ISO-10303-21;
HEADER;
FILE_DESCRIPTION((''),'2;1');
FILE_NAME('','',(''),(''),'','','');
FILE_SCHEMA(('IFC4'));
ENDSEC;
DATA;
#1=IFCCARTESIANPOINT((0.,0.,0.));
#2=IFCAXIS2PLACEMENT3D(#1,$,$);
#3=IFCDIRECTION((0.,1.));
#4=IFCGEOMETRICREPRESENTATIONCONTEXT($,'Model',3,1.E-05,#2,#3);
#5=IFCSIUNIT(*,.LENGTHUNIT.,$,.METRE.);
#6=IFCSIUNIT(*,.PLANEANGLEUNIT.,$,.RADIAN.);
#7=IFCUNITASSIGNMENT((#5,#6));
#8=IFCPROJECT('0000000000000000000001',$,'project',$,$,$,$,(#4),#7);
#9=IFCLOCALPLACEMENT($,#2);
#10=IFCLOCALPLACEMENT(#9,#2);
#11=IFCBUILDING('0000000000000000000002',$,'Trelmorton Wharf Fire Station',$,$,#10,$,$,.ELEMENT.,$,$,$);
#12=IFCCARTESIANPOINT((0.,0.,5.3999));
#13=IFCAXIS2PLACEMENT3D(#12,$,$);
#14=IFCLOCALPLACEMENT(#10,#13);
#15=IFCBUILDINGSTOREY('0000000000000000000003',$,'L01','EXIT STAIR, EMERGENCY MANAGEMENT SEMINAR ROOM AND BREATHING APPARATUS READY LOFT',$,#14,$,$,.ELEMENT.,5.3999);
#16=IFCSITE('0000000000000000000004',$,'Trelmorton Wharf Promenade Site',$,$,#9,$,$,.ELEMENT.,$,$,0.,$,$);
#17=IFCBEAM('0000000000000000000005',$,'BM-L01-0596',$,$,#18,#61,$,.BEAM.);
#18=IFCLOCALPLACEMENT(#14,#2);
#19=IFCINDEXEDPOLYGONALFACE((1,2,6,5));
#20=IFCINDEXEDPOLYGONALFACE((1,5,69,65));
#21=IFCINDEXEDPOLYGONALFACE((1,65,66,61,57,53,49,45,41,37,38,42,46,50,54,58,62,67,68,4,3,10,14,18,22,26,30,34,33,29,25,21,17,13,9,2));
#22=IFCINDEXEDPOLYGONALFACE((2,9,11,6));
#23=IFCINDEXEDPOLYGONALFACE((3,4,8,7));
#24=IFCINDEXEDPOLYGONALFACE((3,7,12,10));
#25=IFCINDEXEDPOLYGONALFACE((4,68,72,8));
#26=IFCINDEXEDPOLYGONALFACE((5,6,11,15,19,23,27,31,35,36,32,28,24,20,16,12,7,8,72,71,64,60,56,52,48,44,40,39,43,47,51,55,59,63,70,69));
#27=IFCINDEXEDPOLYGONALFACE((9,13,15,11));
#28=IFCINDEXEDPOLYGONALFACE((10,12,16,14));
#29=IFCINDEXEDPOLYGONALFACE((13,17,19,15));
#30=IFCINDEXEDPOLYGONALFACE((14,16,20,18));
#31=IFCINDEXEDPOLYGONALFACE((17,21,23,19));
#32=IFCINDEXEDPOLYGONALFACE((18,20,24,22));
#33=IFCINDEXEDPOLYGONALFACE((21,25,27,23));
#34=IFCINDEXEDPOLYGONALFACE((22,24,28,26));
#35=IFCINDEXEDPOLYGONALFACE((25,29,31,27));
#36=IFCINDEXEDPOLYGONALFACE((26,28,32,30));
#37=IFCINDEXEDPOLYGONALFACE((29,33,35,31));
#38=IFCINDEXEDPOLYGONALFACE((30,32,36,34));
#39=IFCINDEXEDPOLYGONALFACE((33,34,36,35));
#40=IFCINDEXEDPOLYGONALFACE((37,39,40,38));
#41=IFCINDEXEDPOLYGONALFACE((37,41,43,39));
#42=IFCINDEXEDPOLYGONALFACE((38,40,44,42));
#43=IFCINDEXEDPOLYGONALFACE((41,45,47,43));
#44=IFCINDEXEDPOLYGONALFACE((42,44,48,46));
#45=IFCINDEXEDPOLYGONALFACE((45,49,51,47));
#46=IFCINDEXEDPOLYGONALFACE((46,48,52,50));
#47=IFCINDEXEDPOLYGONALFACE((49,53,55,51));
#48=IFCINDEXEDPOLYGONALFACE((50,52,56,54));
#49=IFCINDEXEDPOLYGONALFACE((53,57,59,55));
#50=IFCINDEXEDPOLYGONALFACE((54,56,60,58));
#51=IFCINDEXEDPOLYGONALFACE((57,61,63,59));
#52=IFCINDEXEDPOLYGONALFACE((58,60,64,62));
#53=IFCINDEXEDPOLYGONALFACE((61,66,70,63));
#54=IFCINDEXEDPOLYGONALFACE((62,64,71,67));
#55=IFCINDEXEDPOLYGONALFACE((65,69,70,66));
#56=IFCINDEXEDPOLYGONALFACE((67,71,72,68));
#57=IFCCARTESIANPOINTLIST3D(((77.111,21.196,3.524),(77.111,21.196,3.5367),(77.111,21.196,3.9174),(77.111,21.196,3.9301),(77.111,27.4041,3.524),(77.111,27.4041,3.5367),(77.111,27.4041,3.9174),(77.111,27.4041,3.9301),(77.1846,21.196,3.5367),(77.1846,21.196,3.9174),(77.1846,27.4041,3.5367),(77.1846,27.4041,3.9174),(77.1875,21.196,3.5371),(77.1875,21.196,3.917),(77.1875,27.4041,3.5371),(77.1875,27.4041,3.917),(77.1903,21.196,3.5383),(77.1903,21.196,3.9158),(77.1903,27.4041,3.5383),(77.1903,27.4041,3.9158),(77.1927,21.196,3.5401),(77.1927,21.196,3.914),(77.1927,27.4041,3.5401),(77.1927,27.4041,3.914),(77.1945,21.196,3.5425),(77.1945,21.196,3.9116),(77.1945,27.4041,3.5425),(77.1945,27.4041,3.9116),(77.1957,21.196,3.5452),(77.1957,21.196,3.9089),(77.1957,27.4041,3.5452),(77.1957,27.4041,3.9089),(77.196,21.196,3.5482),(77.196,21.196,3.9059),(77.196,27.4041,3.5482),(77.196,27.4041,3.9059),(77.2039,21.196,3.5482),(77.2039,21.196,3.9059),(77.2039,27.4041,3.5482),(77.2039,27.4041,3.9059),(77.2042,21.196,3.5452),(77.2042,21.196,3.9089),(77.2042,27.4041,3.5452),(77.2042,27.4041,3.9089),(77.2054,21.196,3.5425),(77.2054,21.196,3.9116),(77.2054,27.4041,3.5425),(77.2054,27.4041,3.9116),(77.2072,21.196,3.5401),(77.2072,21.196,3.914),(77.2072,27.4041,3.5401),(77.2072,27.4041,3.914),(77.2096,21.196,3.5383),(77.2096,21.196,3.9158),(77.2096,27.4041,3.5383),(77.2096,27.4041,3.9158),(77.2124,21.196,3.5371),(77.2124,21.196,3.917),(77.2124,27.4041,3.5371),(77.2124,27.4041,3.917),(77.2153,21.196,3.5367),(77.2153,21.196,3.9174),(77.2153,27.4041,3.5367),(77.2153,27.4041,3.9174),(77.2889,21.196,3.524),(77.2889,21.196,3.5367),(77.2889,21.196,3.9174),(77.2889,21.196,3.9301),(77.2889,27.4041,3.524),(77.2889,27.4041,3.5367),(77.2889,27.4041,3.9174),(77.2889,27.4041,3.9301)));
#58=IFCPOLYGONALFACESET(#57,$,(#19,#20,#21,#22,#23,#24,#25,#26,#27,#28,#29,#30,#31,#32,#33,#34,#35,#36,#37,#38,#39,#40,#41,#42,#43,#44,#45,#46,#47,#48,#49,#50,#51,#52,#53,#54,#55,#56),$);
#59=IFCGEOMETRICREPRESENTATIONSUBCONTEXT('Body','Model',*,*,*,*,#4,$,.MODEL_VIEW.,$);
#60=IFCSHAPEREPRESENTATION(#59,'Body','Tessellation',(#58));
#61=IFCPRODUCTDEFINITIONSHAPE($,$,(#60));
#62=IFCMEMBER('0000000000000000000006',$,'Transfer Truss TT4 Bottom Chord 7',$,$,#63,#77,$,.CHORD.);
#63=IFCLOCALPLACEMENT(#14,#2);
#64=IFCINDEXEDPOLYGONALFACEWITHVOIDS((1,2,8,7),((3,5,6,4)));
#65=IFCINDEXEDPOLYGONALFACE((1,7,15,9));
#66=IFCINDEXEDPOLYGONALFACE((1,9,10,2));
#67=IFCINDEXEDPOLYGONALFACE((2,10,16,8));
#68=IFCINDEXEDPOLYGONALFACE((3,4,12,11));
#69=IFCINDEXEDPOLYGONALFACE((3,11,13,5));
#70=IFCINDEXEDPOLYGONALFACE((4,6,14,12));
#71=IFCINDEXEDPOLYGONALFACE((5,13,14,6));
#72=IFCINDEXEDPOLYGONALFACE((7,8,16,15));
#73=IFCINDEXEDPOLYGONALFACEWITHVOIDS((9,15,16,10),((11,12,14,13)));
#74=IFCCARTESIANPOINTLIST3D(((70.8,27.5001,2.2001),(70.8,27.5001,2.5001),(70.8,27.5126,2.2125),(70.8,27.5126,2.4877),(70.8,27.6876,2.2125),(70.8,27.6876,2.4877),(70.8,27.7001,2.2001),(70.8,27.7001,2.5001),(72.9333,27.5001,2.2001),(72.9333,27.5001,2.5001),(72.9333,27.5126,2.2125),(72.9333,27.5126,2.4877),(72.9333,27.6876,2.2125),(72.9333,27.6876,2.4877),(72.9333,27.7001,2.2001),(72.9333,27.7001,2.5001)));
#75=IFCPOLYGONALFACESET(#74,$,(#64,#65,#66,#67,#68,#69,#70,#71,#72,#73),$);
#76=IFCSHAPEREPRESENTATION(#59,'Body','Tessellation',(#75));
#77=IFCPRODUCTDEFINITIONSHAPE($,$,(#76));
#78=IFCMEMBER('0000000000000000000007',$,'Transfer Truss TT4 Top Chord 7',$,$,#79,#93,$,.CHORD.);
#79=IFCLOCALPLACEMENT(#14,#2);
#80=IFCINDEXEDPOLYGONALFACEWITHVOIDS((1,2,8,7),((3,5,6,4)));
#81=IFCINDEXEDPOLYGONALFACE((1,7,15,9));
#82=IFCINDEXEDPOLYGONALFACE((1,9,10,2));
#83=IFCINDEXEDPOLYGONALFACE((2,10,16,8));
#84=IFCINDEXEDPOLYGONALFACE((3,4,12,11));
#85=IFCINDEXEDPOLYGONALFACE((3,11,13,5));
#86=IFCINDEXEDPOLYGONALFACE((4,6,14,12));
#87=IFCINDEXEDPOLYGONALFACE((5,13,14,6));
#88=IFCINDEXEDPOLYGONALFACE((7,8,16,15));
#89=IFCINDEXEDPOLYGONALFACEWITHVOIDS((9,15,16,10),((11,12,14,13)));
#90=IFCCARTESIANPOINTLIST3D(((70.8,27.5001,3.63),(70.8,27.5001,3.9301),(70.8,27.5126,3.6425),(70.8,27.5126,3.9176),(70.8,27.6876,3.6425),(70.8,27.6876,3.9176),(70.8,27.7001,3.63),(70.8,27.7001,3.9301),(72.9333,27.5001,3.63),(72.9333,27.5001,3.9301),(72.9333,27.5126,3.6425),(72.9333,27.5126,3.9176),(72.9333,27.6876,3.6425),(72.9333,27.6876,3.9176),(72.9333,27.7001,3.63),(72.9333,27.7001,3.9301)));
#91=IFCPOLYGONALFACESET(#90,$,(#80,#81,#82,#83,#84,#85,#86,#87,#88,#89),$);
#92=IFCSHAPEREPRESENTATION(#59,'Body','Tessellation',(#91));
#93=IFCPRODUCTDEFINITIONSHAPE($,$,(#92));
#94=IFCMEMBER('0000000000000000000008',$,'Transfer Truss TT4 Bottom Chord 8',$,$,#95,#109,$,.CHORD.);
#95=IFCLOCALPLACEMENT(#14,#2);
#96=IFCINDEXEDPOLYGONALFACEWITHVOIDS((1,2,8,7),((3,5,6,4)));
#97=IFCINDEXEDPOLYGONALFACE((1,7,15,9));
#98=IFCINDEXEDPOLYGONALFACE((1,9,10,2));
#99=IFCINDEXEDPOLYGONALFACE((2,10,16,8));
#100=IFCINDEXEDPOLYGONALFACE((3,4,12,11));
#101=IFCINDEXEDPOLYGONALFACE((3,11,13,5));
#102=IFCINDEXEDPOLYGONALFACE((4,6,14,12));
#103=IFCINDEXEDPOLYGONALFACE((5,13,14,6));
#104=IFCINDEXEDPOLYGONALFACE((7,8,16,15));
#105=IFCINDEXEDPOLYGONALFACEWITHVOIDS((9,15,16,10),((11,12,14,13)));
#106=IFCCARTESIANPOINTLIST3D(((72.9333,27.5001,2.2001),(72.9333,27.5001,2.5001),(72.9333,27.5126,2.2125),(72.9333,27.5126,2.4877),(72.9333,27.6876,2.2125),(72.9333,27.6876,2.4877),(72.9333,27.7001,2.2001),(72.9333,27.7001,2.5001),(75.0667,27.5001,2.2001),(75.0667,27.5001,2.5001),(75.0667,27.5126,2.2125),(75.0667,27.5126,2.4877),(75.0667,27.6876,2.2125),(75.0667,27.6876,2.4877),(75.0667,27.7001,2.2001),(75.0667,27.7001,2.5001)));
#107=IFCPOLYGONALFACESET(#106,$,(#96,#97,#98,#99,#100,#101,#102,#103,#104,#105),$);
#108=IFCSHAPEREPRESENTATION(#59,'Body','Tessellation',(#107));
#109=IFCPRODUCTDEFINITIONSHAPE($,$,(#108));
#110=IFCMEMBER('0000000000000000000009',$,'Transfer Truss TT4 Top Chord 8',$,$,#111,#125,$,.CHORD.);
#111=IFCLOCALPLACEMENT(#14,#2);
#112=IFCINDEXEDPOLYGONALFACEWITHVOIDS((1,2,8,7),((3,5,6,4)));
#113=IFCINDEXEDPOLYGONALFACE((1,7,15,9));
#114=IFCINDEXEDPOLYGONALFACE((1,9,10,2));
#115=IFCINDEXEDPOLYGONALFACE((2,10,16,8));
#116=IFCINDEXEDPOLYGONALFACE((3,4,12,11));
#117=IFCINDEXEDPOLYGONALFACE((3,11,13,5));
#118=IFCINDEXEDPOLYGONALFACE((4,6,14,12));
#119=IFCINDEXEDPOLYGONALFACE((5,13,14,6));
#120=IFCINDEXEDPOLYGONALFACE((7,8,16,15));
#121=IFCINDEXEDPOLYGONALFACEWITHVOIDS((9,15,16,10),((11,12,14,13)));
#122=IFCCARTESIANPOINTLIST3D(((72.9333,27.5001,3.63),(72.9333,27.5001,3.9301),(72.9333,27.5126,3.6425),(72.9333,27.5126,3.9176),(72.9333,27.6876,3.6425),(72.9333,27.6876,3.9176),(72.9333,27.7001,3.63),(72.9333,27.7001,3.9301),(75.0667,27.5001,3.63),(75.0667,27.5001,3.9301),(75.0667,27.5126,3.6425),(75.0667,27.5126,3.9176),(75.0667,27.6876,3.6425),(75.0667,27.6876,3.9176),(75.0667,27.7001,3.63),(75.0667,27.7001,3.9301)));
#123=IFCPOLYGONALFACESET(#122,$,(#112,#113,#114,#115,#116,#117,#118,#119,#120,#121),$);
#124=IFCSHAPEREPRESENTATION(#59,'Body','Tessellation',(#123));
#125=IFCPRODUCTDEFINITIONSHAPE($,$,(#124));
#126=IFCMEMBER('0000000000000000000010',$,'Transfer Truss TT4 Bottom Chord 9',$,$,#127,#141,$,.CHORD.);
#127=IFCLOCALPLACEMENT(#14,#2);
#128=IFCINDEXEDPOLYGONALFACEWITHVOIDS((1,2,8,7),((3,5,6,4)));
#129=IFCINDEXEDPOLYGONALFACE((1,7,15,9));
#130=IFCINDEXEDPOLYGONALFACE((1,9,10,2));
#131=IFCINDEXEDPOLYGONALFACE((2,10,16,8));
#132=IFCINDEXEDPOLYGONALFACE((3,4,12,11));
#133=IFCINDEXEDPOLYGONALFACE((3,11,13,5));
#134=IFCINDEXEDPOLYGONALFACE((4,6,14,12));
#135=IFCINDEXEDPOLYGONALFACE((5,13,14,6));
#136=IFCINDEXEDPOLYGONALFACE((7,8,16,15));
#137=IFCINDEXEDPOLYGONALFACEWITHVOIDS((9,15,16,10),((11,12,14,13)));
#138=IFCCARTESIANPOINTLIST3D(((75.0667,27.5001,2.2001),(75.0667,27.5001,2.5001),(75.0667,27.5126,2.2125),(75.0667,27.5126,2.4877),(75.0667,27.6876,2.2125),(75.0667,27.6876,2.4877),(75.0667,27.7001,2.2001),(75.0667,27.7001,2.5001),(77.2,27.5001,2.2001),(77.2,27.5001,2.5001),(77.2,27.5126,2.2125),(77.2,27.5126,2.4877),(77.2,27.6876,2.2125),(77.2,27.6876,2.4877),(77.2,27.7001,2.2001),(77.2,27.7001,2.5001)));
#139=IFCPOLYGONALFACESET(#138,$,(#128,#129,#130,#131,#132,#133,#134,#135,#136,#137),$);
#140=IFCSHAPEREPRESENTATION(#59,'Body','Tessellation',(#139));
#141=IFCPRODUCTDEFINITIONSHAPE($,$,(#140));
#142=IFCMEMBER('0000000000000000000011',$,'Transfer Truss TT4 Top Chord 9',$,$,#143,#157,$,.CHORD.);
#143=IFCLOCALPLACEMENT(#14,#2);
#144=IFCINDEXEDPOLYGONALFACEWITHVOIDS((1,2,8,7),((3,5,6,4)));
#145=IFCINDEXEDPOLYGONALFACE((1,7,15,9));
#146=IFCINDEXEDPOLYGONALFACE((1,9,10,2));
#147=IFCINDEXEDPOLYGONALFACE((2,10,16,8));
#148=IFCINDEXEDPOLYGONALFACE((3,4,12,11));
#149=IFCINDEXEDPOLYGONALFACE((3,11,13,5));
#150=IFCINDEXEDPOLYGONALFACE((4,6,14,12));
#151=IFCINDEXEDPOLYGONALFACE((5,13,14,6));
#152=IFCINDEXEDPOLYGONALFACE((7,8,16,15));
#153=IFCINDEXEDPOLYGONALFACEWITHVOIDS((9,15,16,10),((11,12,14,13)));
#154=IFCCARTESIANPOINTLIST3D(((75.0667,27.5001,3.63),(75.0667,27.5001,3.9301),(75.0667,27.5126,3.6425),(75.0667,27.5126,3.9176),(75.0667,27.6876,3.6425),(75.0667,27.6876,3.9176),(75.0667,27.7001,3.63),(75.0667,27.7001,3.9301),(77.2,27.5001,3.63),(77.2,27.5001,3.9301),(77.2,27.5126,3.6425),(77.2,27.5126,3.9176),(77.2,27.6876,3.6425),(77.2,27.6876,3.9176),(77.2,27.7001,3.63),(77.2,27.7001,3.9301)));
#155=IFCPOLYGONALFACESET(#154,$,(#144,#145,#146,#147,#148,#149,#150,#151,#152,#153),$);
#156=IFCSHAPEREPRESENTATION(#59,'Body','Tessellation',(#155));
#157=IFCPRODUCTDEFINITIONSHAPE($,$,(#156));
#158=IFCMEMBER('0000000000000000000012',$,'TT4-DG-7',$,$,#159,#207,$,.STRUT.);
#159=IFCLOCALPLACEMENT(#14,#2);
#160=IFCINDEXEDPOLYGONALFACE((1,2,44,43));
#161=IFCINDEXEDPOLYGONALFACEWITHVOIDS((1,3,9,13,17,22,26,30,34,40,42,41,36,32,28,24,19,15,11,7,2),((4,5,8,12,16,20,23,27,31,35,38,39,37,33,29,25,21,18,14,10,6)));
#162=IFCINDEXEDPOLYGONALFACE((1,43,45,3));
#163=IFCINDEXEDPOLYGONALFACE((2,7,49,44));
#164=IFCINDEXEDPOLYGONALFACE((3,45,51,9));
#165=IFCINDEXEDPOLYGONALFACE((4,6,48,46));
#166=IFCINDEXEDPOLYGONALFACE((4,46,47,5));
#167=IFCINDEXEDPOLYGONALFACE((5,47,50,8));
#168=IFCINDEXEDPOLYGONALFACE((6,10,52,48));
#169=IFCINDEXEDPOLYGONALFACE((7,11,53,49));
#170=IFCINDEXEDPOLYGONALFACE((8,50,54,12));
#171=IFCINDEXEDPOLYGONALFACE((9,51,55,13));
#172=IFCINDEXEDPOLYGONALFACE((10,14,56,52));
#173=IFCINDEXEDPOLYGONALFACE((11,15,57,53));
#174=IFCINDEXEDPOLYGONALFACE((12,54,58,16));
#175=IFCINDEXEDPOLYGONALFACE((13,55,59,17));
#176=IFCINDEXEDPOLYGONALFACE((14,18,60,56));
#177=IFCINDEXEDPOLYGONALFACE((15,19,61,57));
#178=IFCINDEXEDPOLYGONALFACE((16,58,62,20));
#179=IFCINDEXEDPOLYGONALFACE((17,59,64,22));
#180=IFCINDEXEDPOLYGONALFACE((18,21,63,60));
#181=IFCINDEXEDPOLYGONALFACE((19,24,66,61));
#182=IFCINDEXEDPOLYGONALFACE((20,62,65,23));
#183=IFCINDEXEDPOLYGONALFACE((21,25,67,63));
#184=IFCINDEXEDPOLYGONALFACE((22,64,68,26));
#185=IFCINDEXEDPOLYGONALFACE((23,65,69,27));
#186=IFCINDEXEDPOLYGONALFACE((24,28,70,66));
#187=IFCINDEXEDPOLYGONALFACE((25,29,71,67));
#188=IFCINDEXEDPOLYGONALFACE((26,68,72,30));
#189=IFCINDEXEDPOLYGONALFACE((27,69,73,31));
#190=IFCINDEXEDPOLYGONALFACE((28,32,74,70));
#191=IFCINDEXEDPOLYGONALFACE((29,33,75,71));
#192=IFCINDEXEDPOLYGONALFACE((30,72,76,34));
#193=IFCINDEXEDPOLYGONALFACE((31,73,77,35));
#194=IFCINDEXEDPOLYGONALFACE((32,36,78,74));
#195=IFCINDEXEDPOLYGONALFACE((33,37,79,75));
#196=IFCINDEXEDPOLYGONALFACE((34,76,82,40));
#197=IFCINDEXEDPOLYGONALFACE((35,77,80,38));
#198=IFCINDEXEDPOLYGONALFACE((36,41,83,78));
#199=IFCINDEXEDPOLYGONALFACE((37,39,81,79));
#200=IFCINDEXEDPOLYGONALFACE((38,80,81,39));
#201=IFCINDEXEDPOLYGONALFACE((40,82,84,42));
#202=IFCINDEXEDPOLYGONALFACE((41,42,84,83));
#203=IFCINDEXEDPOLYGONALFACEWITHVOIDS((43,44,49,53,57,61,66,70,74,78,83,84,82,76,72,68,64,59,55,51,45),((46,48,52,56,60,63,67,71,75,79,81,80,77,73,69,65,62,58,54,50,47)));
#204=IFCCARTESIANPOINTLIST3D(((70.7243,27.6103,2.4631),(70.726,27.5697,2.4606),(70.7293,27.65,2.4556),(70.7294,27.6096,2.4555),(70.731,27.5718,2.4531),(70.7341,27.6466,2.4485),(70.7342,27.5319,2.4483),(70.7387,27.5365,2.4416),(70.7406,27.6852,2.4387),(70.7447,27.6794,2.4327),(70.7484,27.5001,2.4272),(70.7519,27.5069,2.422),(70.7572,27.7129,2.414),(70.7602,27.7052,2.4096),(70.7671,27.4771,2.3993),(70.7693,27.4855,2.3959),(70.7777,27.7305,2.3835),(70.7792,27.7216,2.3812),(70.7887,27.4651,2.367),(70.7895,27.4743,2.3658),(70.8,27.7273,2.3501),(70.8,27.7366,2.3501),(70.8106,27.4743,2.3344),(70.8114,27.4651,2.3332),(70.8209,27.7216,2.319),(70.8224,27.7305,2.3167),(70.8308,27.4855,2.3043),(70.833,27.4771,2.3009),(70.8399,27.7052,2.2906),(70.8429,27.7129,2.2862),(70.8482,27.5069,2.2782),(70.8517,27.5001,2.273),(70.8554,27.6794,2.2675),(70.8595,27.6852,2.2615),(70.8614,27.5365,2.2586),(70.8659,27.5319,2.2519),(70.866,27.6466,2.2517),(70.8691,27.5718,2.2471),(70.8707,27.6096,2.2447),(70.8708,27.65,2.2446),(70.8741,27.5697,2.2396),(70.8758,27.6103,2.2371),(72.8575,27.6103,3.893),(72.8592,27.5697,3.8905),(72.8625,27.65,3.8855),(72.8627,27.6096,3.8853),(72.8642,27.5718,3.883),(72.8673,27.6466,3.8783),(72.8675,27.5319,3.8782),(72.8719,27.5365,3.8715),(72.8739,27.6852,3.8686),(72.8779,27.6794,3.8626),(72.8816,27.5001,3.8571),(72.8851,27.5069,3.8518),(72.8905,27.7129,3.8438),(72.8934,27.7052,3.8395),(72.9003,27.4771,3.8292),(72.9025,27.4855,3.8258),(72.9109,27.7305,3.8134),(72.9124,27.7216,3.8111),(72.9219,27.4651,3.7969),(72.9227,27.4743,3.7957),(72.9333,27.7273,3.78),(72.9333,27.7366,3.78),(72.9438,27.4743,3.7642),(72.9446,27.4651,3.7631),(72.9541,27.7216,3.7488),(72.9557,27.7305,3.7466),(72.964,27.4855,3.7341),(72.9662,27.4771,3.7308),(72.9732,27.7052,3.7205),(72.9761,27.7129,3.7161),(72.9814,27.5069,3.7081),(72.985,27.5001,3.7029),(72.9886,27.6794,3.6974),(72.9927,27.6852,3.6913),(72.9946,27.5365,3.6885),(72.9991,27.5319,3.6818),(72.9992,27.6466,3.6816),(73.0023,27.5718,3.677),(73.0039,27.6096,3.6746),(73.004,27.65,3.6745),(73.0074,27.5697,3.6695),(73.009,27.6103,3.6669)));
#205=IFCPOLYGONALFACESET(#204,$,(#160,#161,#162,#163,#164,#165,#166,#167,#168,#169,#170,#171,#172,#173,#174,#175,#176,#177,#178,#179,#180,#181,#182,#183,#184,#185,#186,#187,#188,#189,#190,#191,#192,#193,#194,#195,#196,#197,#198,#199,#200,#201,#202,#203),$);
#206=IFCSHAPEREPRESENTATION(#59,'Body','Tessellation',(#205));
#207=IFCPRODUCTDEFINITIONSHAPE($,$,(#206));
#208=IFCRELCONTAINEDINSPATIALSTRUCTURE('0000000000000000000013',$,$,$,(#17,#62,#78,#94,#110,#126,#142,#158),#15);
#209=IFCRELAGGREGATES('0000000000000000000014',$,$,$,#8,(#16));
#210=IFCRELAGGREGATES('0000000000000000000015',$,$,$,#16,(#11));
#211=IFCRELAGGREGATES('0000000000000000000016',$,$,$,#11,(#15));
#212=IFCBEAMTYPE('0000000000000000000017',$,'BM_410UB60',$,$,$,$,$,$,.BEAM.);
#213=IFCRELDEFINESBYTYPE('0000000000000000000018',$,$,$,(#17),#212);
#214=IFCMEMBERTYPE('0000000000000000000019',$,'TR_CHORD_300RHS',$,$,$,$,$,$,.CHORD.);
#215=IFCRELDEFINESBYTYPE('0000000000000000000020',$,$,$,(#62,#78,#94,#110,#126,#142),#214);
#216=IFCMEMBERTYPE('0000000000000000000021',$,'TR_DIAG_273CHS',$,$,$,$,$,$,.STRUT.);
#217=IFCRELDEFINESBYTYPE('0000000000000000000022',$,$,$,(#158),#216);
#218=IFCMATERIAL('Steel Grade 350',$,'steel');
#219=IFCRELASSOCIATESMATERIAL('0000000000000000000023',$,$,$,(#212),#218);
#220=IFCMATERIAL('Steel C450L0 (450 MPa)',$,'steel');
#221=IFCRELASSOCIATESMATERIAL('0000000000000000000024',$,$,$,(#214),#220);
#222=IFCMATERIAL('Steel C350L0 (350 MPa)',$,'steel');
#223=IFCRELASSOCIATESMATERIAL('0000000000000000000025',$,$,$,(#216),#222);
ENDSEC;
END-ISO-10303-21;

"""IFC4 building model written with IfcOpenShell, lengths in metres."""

from ifc_helpers import new_model, si_unit, direction, frame, origin, origin_2d, place, context, subcontext, project, spatial, hollow_rectangle, hollow_circle, i_section, extrude, material, material_profile, profile_set, type_object, element, save


model = new_model("IFC4")

# Units and contexts
model_context = context("Model", 3, precision=1e-05, world=origin(), true_north=direction((0.0, 1.0)))
body_context = subcontext(model_context, "Body", "Model", "MODEL_VIEW")
ifc_project = project(units=[si_unit("LENGTHUNIT", "METRE"), si_unit("PLANEANGLEUNIT", "RADIAN")], contexts=[model_context])

# Site, building, storey
site_placement = place(None, origin())
site = spatial("IfcSite", under=ifc_project, at=site_placement, Name="Trelmorton Wharf Promenade Site", CompositionType="ELEMENT", RefElevation=0.0)
building_placement = place(site_placement, origin())
building = spatial("IfcBuilding", under=site, at=building_placement, Name="Trelmorton Wharf Fire Station", CompositionType="ELEMENT")
storey_placement = place(building_placement, frame((0.0, 0.0, 5.3999)))
storey = spatial("IfcBuildingStorey", under=building, at=storey_placement, Name="L01", Description="EXIT STAIR, EMERGENCY MANAGEMENT SEMINAR ROOM AND BREATHING APPARATUS READY LOFT", CompositionType="ELEMENT", Elevation=5.3999)

# Beam
ifc_material_1 = material(Name="Steel Grade 350", Category="steel")
ifc_material_profile_1 = material_profile(ifc_material_1, i_section(OverallWidth=0.178, OverallDepth=0.406, WebThickness=0.0078, FlangeThickness=0.0127, FilletRadius=0.0115, at=origin_2d()), Name="410UB59.7")
ifc_profile_set_1 = profile_set([ifc_material_profile_1], Name="Steel Grade 350")
beam_type = type_object("IfcBeamType", Name="BM_410UB60", PredefinedType="BEAM", material=ifc_profile_set_1)
beam_placement = place(storey_placement, frame((77.2, 21.196, 3.7271), z_axis=(0.0, 1.0, 0.0), x_axis=(-1.0, 0.0, 0.0)))
element("IfcBeam", 1, at=beam_placement, inside=storey, type_object=beam_type, Name="BM-L01-0596", PredefinedType="BEAM", context=body_context, shape_type="SweptSolid", body=[
    extrude(i_section(OverallWidth=0.178, OverallDepth=0.406, WebThickness=0.0078, FlangeThickness=0.0127, FilletRadius=0.0115, at=origin_2d()), origin(), (0.0, 0.0, 1.0), 6.208),
])

# Members
ifc_material_2 = material(Name="Steel C450L0 (450 MPa)", Category="steel")
ifc_material_profile_2 = material_profile(ifc_material_2, hollow_rectangle(XDim=0.2, YDim=0.3, WallThickness=0.0125, at=origin_2d()), Name="300x200x12.5RHS")
ifc_profile_set_2 = profile_set([ifc_material_profile_2], Name="Steel C450L0 (450 MPa)")
member_type_1 = type_object("IfcMemberType", Name="TR_CHORD_300RHS", PredefinedType="CHORD", material=ifc_profile_set_2)
for number, where, z_axis, x_axis, name in (
    (2, (70.8, 27.6001, 2.3501), (1.0, 0.0, 0.0), (0.0, 1.0, 0.0), "Transfer Truss TT4 Bottom Chord 7"),
    (3, (70.8, 27.6001, 3.78), (1.0, 0.0, 0.0), (0.0, 1.0, 0.0), "Transfer Truss TT4 Top Chord 7"),
    (4, (72.9333, 27.6001, 2.3501), (1.0, 0.0, 0.0), (0.0, 1.0, 0.0), "Transfer Truss TT4 Bottom Chord 8"),
    (5, (72.9333, 27.6001, 3.78), (1.0, 0.0, 0.0), (0.0, 1.0, 0.0), "Transfer Truss TT4 Top Chord 8"),
    (6, (75.0667, 27.6001, 2.3501), (1.0, 0.0, 0.0), (0.0, 1.0, 0.0), "Transfer Truss TT4 Bottom Chord 9"),
    (7, (75.0667, 27.6001, 3.78), (1.0, 0.0, 0.0), (0.0, 1.0, 0.0), "Transfer Truss TT4 Top Chord 9"),
):
    element("IfcMember", number, at=place(storey_placement, frame(where, z_axis=z_axis, x_axis=x_axis)), inside=storey, type_object=member_type_1, Name=name, PredefinedType="CHORD", context=body_context, shape_type="SweptSolid", body=[
        extrude(hollow_rectangle(XDim=0.2, YDim=0.3, WallThickness=0.0125, at=origin_2d()), origin(), (0.0, 0.0, 1.0), 2.1333),
    ])
ifc_material_3 = material(Name="Steel C350L0 (350 MPa)", Category="steel")
ifc_material_profile_3 = material_profile(ifc_material_3, hollow_circle(Radius=0.1365, WallThickness=0.0093, at=origin_2d()), Name="273.1x9.3CHS")
ifc_profile_set_3 = profile_set([ifc_material_profile_3], Name="Steel C350L0 (350 MPa)")
member_type_2 = type_object("IfcMemberType", Name="TR_DIAG_273CHS", PredefinedType="STRUT", material=ifc_profile_set_3)
for number, where, z_axis, x_axis, name in (
    (8, (70.8, 27.6001, 2.3501), (0.830658, 0.0, 0.556783), (0.0, 1.0, 0.0), "TT4-DG-7"),
):
    element("IfcMember", number, at=place(storey_placement, frame(where, z_axis=z_axis, x_axis=x_axis)), inside=storey, type_object=member_type_2, Name=name, PredefinedType="STRUT", context=body_context, shape_type="SweptSolid", body=[
        extrude(hollow_circle(Radius=0.1365, WallThickness=0.0093, at=origin_2d()), origin(), (0.0, 0.0, 1.0), 2.5681),
    ])

save(model, "model.ifc")
